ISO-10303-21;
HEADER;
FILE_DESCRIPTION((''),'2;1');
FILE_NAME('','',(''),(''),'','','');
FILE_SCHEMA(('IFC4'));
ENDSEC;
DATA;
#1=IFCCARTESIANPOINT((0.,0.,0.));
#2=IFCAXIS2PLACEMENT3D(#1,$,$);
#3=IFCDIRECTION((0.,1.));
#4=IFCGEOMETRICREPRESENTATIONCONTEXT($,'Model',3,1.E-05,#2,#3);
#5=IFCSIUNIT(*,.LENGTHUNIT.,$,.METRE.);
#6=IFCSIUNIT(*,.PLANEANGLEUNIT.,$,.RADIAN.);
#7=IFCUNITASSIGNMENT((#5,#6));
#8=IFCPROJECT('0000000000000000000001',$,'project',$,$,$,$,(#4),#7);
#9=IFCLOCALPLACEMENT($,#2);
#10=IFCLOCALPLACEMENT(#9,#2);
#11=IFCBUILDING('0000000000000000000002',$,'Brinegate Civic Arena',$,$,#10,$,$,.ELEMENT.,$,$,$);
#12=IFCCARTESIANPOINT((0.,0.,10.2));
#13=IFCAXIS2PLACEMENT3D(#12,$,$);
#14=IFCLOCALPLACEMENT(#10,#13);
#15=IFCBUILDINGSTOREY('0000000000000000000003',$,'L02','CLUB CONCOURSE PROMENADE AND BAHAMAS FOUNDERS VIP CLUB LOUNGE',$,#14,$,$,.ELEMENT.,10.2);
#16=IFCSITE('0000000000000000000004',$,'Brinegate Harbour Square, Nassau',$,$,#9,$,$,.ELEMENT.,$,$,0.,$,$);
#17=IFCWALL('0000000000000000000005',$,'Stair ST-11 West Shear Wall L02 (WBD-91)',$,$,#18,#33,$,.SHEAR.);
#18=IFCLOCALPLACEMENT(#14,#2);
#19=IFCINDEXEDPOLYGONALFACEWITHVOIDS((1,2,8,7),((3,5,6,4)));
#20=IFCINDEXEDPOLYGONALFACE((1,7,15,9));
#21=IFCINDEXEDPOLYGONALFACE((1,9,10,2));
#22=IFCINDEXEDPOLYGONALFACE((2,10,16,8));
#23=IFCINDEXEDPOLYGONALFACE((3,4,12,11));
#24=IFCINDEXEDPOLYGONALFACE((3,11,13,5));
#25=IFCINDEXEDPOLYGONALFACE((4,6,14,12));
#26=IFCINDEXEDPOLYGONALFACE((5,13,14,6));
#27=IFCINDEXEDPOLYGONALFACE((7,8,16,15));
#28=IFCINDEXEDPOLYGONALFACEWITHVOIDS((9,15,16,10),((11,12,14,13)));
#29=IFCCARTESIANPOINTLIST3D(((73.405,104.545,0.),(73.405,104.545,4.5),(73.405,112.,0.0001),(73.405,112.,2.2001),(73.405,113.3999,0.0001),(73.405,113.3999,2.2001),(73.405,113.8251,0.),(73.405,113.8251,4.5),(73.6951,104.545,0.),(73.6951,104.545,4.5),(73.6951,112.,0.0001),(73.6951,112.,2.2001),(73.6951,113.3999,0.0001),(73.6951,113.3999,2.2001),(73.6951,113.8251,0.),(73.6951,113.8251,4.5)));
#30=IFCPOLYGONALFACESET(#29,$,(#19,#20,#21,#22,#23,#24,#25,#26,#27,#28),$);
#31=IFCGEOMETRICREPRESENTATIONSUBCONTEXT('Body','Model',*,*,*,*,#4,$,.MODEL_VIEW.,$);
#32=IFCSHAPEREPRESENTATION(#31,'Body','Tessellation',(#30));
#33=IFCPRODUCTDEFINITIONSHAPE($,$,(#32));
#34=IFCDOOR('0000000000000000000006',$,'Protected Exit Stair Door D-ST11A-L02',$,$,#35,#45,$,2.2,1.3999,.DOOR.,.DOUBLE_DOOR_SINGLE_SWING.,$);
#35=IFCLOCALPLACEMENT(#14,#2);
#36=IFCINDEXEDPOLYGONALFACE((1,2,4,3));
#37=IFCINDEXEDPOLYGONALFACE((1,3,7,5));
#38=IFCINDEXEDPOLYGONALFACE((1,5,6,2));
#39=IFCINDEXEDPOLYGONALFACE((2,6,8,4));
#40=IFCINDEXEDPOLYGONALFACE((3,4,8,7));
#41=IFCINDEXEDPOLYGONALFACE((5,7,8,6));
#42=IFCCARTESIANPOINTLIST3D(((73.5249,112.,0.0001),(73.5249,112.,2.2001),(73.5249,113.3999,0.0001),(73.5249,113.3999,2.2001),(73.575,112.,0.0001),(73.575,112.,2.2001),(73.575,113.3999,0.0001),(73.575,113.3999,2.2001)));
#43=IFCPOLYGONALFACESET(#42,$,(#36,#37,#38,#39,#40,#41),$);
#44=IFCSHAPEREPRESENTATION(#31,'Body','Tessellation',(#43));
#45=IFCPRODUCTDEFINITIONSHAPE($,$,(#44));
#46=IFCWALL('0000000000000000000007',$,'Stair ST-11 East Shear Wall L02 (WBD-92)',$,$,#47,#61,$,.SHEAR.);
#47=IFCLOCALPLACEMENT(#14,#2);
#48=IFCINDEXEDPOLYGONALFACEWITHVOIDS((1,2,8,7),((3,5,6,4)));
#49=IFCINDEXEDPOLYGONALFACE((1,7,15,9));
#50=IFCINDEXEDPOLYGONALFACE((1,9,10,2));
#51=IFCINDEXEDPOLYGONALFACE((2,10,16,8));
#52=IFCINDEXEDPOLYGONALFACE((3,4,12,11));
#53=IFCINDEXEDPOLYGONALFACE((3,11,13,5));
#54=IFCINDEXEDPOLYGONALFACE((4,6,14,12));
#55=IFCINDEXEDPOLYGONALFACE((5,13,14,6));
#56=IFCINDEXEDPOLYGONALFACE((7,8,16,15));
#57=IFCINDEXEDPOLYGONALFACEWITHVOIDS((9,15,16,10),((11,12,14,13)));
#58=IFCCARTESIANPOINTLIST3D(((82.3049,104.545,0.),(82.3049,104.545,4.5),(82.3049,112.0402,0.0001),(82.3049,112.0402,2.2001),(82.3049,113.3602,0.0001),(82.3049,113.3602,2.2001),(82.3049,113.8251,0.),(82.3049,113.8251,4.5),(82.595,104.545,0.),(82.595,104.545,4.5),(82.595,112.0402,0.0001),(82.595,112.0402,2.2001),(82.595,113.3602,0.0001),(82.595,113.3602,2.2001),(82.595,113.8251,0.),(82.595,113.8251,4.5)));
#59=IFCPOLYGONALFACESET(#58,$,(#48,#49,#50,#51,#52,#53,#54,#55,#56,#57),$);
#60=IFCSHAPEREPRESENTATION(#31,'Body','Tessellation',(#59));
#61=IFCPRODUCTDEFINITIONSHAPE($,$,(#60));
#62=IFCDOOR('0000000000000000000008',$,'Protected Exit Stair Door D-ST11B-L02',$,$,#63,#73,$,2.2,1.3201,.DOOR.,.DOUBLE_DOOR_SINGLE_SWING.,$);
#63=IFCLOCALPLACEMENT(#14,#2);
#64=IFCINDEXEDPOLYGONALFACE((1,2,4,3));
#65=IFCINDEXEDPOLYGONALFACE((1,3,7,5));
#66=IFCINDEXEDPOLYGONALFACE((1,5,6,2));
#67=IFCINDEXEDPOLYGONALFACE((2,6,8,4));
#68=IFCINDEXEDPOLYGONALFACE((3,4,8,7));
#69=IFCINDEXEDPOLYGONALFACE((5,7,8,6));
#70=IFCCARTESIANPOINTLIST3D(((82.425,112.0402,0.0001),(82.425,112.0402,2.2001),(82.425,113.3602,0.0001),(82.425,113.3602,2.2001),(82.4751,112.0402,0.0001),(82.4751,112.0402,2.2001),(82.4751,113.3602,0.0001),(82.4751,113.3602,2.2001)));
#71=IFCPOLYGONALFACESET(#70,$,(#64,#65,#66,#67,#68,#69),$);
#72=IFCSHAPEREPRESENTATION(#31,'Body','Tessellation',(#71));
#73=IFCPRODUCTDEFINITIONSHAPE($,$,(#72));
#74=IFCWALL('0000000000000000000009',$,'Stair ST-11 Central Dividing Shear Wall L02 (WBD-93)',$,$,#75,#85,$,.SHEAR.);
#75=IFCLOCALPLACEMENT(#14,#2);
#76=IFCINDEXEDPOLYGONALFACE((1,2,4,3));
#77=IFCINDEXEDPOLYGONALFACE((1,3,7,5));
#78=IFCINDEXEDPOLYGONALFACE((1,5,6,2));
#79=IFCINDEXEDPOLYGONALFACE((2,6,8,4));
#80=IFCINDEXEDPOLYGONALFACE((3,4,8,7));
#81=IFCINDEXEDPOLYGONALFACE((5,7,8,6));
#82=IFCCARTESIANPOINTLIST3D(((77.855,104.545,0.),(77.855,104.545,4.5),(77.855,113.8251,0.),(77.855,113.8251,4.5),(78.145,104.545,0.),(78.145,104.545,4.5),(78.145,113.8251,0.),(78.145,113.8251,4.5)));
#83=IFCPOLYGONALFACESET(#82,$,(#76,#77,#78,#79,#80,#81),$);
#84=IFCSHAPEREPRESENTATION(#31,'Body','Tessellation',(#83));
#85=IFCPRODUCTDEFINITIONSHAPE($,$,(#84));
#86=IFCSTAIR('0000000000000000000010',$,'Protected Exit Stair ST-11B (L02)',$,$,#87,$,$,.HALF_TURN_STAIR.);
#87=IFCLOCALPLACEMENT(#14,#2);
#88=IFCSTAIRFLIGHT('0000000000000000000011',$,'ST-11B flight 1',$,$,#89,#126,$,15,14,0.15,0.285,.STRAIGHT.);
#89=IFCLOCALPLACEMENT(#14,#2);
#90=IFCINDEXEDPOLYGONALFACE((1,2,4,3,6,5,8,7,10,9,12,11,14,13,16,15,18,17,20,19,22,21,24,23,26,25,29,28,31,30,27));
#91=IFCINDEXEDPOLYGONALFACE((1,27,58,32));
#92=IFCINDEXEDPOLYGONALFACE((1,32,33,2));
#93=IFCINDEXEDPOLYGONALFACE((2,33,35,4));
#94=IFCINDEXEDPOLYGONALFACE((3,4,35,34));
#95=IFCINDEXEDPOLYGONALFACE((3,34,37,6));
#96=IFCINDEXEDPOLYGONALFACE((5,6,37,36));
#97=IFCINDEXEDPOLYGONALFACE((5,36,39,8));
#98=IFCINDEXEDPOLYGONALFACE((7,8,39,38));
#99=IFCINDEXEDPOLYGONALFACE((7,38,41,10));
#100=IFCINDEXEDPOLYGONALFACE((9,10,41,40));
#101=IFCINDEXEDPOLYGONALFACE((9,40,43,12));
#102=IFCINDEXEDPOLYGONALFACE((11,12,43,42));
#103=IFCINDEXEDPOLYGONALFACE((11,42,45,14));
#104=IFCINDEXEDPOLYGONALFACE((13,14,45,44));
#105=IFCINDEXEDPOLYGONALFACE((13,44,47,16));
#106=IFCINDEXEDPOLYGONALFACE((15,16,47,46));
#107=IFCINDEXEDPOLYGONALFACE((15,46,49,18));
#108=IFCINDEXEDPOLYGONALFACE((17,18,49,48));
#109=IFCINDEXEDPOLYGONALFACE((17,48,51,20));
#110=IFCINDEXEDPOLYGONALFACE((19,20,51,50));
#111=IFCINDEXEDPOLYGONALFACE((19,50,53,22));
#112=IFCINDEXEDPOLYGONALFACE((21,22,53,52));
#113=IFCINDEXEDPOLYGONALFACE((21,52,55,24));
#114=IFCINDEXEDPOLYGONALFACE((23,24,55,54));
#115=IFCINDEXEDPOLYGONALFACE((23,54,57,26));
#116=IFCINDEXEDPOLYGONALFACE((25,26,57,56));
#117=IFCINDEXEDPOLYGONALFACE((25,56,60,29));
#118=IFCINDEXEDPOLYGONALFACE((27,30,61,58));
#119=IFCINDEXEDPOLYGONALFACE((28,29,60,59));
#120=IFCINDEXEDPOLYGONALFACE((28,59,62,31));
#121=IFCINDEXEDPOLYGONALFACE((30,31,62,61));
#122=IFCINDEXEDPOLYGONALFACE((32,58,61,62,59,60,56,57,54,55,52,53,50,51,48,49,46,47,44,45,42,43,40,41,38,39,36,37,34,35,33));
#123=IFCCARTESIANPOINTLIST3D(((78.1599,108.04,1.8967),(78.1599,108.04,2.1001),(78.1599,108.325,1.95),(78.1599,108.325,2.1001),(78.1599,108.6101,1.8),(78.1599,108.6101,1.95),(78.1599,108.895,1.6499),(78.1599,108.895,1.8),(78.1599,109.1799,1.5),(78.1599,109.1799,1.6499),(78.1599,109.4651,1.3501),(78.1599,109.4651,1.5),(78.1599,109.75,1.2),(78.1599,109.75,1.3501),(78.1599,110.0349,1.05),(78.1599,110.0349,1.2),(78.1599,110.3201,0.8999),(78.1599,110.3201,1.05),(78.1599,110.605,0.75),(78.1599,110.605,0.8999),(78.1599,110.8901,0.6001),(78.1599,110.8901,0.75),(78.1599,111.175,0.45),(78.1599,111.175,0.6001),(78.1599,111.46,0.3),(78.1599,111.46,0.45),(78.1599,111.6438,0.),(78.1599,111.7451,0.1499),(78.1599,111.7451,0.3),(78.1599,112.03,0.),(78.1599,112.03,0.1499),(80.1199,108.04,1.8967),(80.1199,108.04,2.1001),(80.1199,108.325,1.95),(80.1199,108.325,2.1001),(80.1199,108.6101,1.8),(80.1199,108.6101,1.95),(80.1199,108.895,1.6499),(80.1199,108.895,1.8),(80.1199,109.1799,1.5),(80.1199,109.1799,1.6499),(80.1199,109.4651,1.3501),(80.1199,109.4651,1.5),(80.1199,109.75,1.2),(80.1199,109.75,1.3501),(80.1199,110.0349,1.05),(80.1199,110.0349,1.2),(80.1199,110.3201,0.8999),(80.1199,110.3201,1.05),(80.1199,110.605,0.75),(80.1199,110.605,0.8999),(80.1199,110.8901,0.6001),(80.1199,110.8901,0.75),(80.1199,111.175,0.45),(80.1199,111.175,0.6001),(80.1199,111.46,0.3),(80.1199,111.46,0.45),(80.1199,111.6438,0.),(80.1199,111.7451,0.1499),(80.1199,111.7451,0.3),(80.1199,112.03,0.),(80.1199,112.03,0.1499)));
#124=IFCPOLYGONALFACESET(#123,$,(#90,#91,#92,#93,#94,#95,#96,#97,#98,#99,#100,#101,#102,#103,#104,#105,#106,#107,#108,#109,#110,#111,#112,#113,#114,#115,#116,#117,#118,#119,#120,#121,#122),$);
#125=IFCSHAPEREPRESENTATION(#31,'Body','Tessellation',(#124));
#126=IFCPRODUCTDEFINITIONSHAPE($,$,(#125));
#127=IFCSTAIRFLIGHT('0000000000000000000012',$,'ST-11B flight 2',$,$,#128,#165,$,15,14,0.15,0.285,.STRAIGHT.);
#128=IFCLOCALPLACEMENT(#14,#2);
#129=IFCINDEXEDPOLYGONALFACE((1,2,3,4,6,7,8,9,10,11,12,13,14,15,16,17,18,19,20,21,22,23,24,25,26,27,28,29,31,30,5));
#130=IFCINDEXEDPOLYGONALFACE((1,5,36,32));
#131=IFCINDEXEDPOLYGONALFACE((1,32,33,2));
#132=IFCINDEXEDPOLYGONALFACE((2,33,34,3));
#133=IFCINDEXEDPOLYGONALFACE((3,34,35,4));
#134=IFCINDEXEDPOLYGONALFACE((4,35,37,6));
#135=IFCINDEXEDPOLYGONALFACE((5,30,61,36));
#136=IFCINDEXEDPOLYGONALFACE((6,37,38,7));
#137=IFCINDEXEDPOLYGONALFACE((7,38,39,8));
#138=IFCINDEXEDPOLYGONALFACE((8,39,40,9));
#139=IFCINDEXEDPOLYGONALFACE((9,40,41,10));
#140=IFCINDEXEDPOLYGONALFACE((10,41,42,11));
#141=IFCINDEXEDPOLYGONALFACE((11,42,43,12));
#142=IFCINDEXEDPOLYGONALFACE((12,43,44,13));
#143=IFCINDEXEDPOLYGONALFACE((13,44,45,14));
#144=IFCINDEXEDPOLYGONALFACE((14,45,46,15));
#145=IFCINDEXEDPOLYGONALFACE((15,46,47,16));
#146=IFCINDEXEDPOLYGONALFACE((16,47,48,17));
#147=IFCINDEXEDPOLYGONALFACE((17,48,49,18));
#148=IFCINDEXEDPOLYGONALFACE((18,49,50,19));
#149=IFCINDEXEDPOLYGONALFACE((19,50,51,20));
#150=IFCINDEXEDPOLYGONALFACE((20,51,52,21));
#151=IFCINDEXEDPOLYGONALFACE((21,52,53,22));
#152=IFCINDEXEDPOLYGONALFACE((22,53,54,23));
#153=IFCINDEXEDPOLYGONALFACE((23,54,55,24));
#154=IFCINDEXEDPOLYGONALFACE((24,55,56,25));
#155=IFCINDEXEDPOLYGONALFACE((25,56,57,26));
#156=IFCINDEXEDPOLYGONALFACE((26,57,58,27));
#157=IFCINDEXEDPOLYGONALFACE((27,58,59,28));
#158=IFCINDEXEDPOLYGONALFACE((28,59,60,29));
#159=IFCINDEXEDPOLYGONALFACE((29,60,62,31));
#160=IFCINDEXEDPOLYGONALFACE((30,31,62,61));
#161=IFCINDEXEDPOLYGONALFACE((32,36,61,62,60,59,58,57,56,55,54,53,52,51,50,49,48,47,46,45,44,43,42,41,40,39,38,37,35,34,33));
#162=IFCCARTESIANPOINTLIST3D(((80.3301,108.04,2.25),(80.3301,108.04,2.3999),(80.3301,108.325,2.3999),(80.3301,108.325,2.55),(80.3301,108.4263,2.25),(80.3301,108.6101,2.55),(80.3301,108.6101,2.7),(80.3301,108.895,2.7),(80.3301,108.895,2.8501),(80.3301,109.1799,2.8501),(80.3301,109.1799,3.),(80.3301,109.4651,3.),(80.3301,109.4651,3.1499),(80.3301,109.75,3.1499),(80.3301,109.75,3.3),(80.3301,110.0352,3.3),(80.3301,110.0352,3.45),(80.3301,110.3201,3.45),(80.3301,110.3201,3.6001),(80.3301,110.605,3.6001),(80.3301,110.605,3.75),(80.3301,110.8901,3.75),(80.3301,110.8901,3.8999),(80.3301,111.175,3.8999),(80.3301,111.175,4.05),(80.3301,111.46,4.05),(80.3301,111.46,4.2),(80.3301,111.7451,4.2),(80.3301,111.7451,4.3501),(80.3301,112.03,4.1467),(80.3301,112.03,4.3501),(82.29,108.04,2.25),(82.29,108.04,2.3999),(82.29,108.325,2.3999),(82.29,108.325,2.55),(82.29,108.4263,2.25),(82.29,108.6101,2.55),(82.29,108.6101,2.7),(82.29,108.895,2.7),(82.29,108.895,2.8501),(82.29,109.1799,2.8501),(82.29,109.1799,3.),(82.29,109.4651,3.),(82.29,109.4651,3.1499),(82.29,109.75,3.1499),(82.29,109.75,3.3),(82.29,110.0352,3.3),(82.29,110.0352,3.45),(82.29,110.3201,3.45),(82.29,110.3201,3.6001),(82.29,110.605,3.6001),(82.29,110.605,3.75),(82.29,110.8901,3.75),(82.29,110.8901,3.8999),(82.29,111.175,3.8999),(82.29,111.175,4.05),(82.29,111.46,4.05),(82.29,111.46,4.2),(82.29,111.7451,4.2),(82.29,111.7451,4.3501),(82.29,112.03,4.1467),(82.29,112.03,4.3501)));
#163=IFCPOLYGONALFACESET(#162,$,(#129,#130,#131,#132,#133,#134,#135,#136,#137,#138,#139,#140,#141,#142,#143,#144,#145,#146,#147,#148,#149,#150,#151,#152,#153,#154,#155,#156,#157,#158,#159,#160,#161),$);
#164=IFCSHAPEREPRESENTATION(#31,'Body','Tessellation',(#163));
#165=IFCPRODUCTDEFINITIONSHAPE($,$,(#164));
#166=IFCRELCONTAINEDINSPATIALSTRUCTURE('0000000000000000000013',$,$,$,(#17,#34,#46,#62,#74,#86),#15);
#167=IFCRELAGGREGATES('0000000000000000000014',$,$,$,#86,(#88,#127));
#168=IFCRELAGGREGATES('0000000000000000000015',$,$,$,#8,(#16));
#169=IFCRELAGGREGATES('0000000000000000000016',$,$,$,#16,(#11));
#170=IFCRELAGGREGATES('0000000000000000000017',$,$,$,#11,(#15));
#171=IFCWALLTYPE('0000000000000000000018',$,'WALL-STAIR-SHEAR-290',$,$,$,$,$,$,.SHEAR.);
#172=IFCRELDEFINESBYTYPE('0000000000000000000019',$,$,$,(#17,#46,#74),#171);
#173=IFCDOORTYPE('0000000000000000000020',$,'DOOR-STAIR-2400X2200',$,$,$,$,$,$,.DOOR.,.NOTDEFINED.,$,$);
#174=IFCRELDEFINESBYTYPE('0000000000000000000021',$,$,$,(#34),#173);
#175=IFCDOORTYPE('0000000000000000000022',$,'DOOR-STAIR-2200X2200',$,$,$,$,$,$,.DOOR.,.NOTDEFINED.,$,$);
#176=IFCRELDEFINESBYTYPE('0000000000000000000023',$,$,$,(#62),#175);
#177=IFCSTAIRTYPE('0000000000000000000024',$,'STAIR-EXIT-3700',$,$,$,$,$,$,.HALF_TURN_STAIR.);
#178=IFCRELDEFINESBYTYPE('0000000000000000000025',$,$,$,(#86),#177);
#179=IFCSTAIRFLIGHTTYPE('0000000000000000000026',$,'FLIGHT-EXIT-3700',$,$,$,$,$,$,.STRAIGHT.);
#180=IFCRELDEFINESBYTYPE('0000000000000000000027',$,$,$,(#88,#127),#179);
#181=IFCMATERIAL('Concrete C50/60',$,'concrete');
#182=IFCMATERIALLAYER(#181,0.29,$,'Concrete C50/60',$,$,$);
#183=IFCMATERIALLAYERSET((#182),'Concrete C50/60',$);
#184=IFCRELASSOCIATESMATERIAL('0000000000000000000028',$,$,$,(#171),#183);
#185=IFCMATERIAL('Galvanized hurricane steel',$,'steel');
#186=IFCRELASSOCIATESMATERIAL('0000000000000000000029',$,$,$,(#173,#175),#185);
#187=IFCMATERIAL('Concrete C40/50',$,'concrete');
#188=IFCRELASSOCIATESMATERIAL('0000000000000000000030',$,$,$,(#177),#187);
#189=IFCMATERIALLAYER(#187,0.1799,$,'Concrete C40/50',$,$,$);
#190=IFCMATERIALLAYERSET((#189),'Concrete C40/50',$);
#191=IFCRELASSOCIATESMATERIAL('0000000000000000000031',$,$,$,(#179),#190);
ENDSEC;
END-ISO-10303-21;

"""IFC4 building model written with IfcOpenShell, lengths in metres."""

from ifc_helpers import new_model, si_unit, direction, frame, frame_2d, origin, place, context, subcontext, project, spatial, polyline, rectangle, outline, extrude, material, layer, layer_set, type_object, element, fill, aggregate, save


model = new_model("IFC4")

# Units and contexts
model_context = context("Model", 3, precision=1e-05, world=origin(), true_north=direction((0.0, 1.0)))
body_context = subcontext(model_context, "Body", "Model", "MODEL_VIEW")
ifc_project = project(units=[si_unit("LENGTHUNIT", "METRE"), si_unit("PLANEANGLEUNIT", "RADIAN")], contexts=[model_context])

# Site, building, storey
site_placement = place(None, origin())
site = spatial("IfcSite", under=ifc_project, at=site_placement, Name="Brinegate Harbour Square, Nassau", CompositionType="ELEMENT", RefElevation=0.0)
building_placement = place(site_placement, origin())
building = spatial("IfcBuilding", under=site, at=building_placement, Name="Brinegate Civic Arena", CompositionType="ELEMENT")
storey_placement = place(building_placement, frame((0.0, 0.0, 10.2)))
storey = spatial("IfcBuildingStorey", under=building, at=storey_placement, Name="L02", Description="CLUB CONCOURSE PROMENADE AND BAHAMAS FOUNDERS VIP CLUB LOUNGE", CompositionType="ELEMENT", Elevation=10.2)

# Shared definitions
ifc_material_1 = material(Name="Concrete C50/60", Category="concrete")

# Walls, openings, doors
ifc_layer_1 = layer(ifc_material_1, 0.29, Name="Concrete C50/60")
ifc_layer_set_1 = layer_set([ifc_layer_1], Name="Concrete C50/60")
wall_type_1 = type_object("IfcWallType", Name="WALL-STAIR-SHEAR-290", PredefinedType="SHEAR", material=ifc_layer_set_1)
wall_1_placement = place(storey_placement, frame((73.55, 104.5449, 0.0), z_axis=(0.0, 0.0, 1.0), x_axis=(0.0, 1.0, 0.0)))
wall_1 = element("IfcWall", 1, at=wall_1_placement, inside=storey, type_object=wall_type_1, Name="Stair ST-11 West Shear Wall L02 (WBD-91)", PredefinedType="SHEAR", context=body_context, shape_type="SweptSolid", body=[
    extrude(rectangle(XDim=9.28, YDim=0.29, at=frame_2d((4.6401, 0.0))), origin(), (0.0, 0.0, 1.0), 4.5),
])
opening_1_placement = place(wall_1_placement, frame((7.4551, 0.0, 0.0)))
opening_1 = element("IfcOpeningElement", 2, at=opening_1_placement, cuts=wall_1, PredefinedType="OPENING", context=body_context, shape_type="SweptSolid", body=[
    extrude(rectangle(XDim=1.3999, YDim=2.2, at=frame_2d((0.7, 1.1001))), frame((0.0, 0.155, 0.0), z_axis=(0.0, -1.0, 0.0), x_axis=(1.0, 0.0, 0.0)), (0.0, 0.0, 1.0), 0.3101),
])
ifc_material_2 = material(Name="Galvanized hurricane steel", Category="steel")
door_type_1 = type_object("IfcDoorType", Name="DOOR-STAIR-2400X2200", OperationType="NOTDEFINED", PredefinedType="DOOR", material=ifc_material_2)
door_1_placement = place(opening_1_placement, frame((1.3999, 0.0, 0.0), z_axis=(0.0, 0.0, 1.0), x_axis=(-1.0, 0.0, 0.0)))
door_1 = element("IfcDoor", 3, at=door_1_placement, inside=storey, type_object=door_type_1, Name="Protected Exit Stair Door D-ST11A-L02", OperationType="DOUBLE_DOOR_SINGLE_SWING", OverallHeight=2.2, OverallWidth=1.3999, PredefinedType="DOOR", context=body_context, shape_type="SweptSolid", body=[
    extrude(rectangle(XDim=1.3999, YDim=2.2, at=frame_2d((0.7, 1.1001))), frame((0.0, 0.0249, 0.0), z_axis=(0.0, -1.0, 0.0), x_axis=(1.0, 0.0, 0.0)), (0.0, 0.0, 1.0), 0.05),
])
fill(opening_1, door_1)
wall_2_placement = place(storey_placement, frame((82.45, 104.5449, 0.0), z_axis=(0.0, 0.0, 1.0), x_axis=(0.0, 1.0, 0.0)))
wall_2 = element("IfcWall", 4, at=wall_2_placement, inside=storey, type_object=wall_type_1, Name="Stair ST-11 East Shear Wall L02 (WBD-92)", PredefinedType="SHEAR", context=body_context, shape_type="SweptSolid", body=[
    extrude(rectangle(XDim=9.28, YDim=0.29, at=frame_2d((4.6401, 0.0))), origin(), (0.0, 0.0, 1.0), 4.5),
])
opening_2_placement = place(wall_2_placement, frame((7.4951, 0.0, 0.0)))
opening_2 = element("IfcOpeningElement", 5, at=opening_2_placement, cuts=wall_2, PredefinedType="OPENING", context=body_context, shape_type="SweptSolid", body=[
    extrude(rectangle(XDim=1.3201, YDim=2.2, at=frame_2d((0.6602, 1.1001))), frame((0.0, 0.155, 0.0), z_axis=(0.0, -1.0, 0.0), x_axis=(1.0, 0.0, 0.0)), (0.0, 0.0, 1.0), 0.3101),
])
door_type_2 = type_object("IfcDoorType", Name="DOOR-STAIR-2200X2200", OperationType="NOTDEFINED", PredefinedType="DOOR", material=ifc_material_2)
door_2_placement = place(opening_2_placement, origin())
door_2 = element("IfcDoor", 6, at=door_2_placement, inside=storey, type_object=door_type_2, Name="Protected Exit Stair Door D-ST11B-L02", OperationType="DOUBLE_DOOR_SINGLE_SWING", OverallHeight=2.2, OverallWidth=1.3201, PredefinedType="DOOR", context=body_context, shape_type="SweptSolid", body=[
    extrude(rectangle(XDim=1.3201, YDim=2.2, at=frame_2d((0.6602, 1.1001))), frame((0.0, 0.0249, 0.0), z_axis=(0.0, -1.0, 0.0), x_axis=(1.0, 0.0, 0.0)), (0.0, 0.0, 1.0), 0.05),
])
fill(opening_2, door_2)

# Wall
wall_3_placement = place(storey_placement, frame((78.0, 104.5449, 0.0), z_axis=(0.0, 0.0, 1.0), x_axis=(0.0, 1.0, 0.0)))
element("IfcWall", 7, at=wall_3_placement, inside=storey, type_object=wall_type_1, Name="Stair ST-11 Central Dividing Shear Wall L02 (WBD-93)", PredefinedType="SHEAR", context=body_context, shape_type="SweptSolid", body=[
    extrude(rectangle(XDim=9.28, YDim=0.29, at=frame_2d((4.6401, 0.0))), origin(), (0.0, 0.0, 1.0), 4.5),
])

# Stair, stair flights
ifc_material_3 = material(Name="Concrete C40/50", Category="concrete")
stair_type_1 = type_object("IfcStairType", Name="STAIR-EXIT-3700", PredefinedType="HALF_TURN_STAIR", material=ifc_material_3)
stair_1_placement = place(storey_placement, origin())
stair_1 = element("IfcStair", 8, at=stair_1_placement, inside=storey, type_object=stair_type_1, Name="Protected Exit Stair ST-11B (L02)", PredefinedType="HALF_TURN_STAIR")
ifc_layer_2 = layer(ifc_material_3, 0.1799, Name="Concrete C40/50")
ifc_layer_set_2 = layer_set([ifc_layer_2], Name="Concrete C40/50")
stair_flight_type_1 = type_object("IfcStairFlightType", Name="FLIGHT-EXIT-3700", PredefinedType="STRAIGHT", material=ifc_layer_set_2)
stair_flight_1_placement = place(storey_placement, frame((79.1399, 112.03, 0.0), z_axis=(0.0, 0.0, 1.0), x_axis=(0.0, -1.0, 0.0)))
stair_flight_1 = element("IfcStairFlight", 9, at=stair_flight_1_placement, type_object=stair_flight_type_1, Name="ST-11B flight 1", NumberOfRisers=15, NumberOfTreads=14, PredefinedType="STRAIGHT", RiserHeight=0.15, TreadLength=0.285, context=body_context, shape_type="SweptSolid", body=[
    extrude(outline(polyline([(0.0, 0.0), (0.0, 0.1499), (0.2849, 0.1499), (0.2849, 0.3), (0.5701, 0.3), (0.5701, 0.45), (0.855, 0.45), (0.855, 0.6001), (1.1399, 0.6001), (1.1399, 0.75), (1.425, 0.75), (1.425, 0.8999), (1.71, 0.8999), (1.71, 1.05), (1.9951, 1.05), (1.9951, 1.2), (2.28, 1.2), (2.28, 1.3501), (2.5649, 1.3501), (2.5649, 1.5), (2.8501, 1.5), (2.8501, 1.6499), (3.135, 1.6499), (3.135, 1.8), (3.4199, 1.8), (3.4199, 1.95), (3.7051, 1.95), (3.7051, 2.1001), (3.99, 2.1001), (3.99, 2.25), (3.99, 1.8967), (0.3862, 0.0), (0.0, 0.0)])), frame((0.0, 0.98, 0.0), z_axis=(0.0, -1.0, 0.0), x_axis=(1.0, 0.0, 0.0)), (0.0, 0.0, 1.0), 1.96),
])
stair_flight_2_placement = place(storey_placement, frame((81.3101, 108.04, 2.25), z_axis=(0.0, 0.0, 1.0), x_axis=(0.0, 1.0, 0.0)))
stair_flight_2 = element("IfcStairFlight", 10, at=stair_flight_2_placement, type_object=stair_flight_type_1, Name="ST-11B flight 2", NumberOfRisers=15, NumberOfTreads=14, PredefinedType="STRAIGHT", RiserHeight=0.15, TreadLength=0.285, context=body_context, shape_type="SweptSolid", body=[
    extrude(outline(polyline([(0.0, 0.0), (0.0, 0.1499), (0.2849, 0.1499), (0.2849, 0.3), (0.5701, 0.3), (0.5701, 0.45), (0.855, 0.45), (0.855, 0.6001), (1.1399, 0.6001), (1.1399, 0.75), (1.425, 0.75), (1.425, 0.8999), (1.71, 0.8999), (1.71, 1.05), (1.9951, 1.05), (1.9951, 1.2), (2.28, 1.2), (2.28, 1.3501), (2.5649, 1.3501), (2.5649, 1.5), (2.8501, 1.5), (2.8501, 1.6499), (3.135, 1.6499), (3.135, 1.8), (3.4199, 1.8), (3.4199, 1.95), (3.7051, 1.95), (3.7051, 2.1001), (3.99, 2.1001), (3.99, 2.25), (3.99, 1.8967), (0.3862, 0.0), (0.0, 0.0)])), frame((0.0, 0.98, 0.0), z_axis=(0.0, -1.0, 0.0), x_axis=(1.0, 0.0, 0.0)), (0.0, 0.0, 1.0), 1.96),
])
aggregate(stair_1, [stair_flight_1, stair_flight_2])

save(model, "model.ifc")
